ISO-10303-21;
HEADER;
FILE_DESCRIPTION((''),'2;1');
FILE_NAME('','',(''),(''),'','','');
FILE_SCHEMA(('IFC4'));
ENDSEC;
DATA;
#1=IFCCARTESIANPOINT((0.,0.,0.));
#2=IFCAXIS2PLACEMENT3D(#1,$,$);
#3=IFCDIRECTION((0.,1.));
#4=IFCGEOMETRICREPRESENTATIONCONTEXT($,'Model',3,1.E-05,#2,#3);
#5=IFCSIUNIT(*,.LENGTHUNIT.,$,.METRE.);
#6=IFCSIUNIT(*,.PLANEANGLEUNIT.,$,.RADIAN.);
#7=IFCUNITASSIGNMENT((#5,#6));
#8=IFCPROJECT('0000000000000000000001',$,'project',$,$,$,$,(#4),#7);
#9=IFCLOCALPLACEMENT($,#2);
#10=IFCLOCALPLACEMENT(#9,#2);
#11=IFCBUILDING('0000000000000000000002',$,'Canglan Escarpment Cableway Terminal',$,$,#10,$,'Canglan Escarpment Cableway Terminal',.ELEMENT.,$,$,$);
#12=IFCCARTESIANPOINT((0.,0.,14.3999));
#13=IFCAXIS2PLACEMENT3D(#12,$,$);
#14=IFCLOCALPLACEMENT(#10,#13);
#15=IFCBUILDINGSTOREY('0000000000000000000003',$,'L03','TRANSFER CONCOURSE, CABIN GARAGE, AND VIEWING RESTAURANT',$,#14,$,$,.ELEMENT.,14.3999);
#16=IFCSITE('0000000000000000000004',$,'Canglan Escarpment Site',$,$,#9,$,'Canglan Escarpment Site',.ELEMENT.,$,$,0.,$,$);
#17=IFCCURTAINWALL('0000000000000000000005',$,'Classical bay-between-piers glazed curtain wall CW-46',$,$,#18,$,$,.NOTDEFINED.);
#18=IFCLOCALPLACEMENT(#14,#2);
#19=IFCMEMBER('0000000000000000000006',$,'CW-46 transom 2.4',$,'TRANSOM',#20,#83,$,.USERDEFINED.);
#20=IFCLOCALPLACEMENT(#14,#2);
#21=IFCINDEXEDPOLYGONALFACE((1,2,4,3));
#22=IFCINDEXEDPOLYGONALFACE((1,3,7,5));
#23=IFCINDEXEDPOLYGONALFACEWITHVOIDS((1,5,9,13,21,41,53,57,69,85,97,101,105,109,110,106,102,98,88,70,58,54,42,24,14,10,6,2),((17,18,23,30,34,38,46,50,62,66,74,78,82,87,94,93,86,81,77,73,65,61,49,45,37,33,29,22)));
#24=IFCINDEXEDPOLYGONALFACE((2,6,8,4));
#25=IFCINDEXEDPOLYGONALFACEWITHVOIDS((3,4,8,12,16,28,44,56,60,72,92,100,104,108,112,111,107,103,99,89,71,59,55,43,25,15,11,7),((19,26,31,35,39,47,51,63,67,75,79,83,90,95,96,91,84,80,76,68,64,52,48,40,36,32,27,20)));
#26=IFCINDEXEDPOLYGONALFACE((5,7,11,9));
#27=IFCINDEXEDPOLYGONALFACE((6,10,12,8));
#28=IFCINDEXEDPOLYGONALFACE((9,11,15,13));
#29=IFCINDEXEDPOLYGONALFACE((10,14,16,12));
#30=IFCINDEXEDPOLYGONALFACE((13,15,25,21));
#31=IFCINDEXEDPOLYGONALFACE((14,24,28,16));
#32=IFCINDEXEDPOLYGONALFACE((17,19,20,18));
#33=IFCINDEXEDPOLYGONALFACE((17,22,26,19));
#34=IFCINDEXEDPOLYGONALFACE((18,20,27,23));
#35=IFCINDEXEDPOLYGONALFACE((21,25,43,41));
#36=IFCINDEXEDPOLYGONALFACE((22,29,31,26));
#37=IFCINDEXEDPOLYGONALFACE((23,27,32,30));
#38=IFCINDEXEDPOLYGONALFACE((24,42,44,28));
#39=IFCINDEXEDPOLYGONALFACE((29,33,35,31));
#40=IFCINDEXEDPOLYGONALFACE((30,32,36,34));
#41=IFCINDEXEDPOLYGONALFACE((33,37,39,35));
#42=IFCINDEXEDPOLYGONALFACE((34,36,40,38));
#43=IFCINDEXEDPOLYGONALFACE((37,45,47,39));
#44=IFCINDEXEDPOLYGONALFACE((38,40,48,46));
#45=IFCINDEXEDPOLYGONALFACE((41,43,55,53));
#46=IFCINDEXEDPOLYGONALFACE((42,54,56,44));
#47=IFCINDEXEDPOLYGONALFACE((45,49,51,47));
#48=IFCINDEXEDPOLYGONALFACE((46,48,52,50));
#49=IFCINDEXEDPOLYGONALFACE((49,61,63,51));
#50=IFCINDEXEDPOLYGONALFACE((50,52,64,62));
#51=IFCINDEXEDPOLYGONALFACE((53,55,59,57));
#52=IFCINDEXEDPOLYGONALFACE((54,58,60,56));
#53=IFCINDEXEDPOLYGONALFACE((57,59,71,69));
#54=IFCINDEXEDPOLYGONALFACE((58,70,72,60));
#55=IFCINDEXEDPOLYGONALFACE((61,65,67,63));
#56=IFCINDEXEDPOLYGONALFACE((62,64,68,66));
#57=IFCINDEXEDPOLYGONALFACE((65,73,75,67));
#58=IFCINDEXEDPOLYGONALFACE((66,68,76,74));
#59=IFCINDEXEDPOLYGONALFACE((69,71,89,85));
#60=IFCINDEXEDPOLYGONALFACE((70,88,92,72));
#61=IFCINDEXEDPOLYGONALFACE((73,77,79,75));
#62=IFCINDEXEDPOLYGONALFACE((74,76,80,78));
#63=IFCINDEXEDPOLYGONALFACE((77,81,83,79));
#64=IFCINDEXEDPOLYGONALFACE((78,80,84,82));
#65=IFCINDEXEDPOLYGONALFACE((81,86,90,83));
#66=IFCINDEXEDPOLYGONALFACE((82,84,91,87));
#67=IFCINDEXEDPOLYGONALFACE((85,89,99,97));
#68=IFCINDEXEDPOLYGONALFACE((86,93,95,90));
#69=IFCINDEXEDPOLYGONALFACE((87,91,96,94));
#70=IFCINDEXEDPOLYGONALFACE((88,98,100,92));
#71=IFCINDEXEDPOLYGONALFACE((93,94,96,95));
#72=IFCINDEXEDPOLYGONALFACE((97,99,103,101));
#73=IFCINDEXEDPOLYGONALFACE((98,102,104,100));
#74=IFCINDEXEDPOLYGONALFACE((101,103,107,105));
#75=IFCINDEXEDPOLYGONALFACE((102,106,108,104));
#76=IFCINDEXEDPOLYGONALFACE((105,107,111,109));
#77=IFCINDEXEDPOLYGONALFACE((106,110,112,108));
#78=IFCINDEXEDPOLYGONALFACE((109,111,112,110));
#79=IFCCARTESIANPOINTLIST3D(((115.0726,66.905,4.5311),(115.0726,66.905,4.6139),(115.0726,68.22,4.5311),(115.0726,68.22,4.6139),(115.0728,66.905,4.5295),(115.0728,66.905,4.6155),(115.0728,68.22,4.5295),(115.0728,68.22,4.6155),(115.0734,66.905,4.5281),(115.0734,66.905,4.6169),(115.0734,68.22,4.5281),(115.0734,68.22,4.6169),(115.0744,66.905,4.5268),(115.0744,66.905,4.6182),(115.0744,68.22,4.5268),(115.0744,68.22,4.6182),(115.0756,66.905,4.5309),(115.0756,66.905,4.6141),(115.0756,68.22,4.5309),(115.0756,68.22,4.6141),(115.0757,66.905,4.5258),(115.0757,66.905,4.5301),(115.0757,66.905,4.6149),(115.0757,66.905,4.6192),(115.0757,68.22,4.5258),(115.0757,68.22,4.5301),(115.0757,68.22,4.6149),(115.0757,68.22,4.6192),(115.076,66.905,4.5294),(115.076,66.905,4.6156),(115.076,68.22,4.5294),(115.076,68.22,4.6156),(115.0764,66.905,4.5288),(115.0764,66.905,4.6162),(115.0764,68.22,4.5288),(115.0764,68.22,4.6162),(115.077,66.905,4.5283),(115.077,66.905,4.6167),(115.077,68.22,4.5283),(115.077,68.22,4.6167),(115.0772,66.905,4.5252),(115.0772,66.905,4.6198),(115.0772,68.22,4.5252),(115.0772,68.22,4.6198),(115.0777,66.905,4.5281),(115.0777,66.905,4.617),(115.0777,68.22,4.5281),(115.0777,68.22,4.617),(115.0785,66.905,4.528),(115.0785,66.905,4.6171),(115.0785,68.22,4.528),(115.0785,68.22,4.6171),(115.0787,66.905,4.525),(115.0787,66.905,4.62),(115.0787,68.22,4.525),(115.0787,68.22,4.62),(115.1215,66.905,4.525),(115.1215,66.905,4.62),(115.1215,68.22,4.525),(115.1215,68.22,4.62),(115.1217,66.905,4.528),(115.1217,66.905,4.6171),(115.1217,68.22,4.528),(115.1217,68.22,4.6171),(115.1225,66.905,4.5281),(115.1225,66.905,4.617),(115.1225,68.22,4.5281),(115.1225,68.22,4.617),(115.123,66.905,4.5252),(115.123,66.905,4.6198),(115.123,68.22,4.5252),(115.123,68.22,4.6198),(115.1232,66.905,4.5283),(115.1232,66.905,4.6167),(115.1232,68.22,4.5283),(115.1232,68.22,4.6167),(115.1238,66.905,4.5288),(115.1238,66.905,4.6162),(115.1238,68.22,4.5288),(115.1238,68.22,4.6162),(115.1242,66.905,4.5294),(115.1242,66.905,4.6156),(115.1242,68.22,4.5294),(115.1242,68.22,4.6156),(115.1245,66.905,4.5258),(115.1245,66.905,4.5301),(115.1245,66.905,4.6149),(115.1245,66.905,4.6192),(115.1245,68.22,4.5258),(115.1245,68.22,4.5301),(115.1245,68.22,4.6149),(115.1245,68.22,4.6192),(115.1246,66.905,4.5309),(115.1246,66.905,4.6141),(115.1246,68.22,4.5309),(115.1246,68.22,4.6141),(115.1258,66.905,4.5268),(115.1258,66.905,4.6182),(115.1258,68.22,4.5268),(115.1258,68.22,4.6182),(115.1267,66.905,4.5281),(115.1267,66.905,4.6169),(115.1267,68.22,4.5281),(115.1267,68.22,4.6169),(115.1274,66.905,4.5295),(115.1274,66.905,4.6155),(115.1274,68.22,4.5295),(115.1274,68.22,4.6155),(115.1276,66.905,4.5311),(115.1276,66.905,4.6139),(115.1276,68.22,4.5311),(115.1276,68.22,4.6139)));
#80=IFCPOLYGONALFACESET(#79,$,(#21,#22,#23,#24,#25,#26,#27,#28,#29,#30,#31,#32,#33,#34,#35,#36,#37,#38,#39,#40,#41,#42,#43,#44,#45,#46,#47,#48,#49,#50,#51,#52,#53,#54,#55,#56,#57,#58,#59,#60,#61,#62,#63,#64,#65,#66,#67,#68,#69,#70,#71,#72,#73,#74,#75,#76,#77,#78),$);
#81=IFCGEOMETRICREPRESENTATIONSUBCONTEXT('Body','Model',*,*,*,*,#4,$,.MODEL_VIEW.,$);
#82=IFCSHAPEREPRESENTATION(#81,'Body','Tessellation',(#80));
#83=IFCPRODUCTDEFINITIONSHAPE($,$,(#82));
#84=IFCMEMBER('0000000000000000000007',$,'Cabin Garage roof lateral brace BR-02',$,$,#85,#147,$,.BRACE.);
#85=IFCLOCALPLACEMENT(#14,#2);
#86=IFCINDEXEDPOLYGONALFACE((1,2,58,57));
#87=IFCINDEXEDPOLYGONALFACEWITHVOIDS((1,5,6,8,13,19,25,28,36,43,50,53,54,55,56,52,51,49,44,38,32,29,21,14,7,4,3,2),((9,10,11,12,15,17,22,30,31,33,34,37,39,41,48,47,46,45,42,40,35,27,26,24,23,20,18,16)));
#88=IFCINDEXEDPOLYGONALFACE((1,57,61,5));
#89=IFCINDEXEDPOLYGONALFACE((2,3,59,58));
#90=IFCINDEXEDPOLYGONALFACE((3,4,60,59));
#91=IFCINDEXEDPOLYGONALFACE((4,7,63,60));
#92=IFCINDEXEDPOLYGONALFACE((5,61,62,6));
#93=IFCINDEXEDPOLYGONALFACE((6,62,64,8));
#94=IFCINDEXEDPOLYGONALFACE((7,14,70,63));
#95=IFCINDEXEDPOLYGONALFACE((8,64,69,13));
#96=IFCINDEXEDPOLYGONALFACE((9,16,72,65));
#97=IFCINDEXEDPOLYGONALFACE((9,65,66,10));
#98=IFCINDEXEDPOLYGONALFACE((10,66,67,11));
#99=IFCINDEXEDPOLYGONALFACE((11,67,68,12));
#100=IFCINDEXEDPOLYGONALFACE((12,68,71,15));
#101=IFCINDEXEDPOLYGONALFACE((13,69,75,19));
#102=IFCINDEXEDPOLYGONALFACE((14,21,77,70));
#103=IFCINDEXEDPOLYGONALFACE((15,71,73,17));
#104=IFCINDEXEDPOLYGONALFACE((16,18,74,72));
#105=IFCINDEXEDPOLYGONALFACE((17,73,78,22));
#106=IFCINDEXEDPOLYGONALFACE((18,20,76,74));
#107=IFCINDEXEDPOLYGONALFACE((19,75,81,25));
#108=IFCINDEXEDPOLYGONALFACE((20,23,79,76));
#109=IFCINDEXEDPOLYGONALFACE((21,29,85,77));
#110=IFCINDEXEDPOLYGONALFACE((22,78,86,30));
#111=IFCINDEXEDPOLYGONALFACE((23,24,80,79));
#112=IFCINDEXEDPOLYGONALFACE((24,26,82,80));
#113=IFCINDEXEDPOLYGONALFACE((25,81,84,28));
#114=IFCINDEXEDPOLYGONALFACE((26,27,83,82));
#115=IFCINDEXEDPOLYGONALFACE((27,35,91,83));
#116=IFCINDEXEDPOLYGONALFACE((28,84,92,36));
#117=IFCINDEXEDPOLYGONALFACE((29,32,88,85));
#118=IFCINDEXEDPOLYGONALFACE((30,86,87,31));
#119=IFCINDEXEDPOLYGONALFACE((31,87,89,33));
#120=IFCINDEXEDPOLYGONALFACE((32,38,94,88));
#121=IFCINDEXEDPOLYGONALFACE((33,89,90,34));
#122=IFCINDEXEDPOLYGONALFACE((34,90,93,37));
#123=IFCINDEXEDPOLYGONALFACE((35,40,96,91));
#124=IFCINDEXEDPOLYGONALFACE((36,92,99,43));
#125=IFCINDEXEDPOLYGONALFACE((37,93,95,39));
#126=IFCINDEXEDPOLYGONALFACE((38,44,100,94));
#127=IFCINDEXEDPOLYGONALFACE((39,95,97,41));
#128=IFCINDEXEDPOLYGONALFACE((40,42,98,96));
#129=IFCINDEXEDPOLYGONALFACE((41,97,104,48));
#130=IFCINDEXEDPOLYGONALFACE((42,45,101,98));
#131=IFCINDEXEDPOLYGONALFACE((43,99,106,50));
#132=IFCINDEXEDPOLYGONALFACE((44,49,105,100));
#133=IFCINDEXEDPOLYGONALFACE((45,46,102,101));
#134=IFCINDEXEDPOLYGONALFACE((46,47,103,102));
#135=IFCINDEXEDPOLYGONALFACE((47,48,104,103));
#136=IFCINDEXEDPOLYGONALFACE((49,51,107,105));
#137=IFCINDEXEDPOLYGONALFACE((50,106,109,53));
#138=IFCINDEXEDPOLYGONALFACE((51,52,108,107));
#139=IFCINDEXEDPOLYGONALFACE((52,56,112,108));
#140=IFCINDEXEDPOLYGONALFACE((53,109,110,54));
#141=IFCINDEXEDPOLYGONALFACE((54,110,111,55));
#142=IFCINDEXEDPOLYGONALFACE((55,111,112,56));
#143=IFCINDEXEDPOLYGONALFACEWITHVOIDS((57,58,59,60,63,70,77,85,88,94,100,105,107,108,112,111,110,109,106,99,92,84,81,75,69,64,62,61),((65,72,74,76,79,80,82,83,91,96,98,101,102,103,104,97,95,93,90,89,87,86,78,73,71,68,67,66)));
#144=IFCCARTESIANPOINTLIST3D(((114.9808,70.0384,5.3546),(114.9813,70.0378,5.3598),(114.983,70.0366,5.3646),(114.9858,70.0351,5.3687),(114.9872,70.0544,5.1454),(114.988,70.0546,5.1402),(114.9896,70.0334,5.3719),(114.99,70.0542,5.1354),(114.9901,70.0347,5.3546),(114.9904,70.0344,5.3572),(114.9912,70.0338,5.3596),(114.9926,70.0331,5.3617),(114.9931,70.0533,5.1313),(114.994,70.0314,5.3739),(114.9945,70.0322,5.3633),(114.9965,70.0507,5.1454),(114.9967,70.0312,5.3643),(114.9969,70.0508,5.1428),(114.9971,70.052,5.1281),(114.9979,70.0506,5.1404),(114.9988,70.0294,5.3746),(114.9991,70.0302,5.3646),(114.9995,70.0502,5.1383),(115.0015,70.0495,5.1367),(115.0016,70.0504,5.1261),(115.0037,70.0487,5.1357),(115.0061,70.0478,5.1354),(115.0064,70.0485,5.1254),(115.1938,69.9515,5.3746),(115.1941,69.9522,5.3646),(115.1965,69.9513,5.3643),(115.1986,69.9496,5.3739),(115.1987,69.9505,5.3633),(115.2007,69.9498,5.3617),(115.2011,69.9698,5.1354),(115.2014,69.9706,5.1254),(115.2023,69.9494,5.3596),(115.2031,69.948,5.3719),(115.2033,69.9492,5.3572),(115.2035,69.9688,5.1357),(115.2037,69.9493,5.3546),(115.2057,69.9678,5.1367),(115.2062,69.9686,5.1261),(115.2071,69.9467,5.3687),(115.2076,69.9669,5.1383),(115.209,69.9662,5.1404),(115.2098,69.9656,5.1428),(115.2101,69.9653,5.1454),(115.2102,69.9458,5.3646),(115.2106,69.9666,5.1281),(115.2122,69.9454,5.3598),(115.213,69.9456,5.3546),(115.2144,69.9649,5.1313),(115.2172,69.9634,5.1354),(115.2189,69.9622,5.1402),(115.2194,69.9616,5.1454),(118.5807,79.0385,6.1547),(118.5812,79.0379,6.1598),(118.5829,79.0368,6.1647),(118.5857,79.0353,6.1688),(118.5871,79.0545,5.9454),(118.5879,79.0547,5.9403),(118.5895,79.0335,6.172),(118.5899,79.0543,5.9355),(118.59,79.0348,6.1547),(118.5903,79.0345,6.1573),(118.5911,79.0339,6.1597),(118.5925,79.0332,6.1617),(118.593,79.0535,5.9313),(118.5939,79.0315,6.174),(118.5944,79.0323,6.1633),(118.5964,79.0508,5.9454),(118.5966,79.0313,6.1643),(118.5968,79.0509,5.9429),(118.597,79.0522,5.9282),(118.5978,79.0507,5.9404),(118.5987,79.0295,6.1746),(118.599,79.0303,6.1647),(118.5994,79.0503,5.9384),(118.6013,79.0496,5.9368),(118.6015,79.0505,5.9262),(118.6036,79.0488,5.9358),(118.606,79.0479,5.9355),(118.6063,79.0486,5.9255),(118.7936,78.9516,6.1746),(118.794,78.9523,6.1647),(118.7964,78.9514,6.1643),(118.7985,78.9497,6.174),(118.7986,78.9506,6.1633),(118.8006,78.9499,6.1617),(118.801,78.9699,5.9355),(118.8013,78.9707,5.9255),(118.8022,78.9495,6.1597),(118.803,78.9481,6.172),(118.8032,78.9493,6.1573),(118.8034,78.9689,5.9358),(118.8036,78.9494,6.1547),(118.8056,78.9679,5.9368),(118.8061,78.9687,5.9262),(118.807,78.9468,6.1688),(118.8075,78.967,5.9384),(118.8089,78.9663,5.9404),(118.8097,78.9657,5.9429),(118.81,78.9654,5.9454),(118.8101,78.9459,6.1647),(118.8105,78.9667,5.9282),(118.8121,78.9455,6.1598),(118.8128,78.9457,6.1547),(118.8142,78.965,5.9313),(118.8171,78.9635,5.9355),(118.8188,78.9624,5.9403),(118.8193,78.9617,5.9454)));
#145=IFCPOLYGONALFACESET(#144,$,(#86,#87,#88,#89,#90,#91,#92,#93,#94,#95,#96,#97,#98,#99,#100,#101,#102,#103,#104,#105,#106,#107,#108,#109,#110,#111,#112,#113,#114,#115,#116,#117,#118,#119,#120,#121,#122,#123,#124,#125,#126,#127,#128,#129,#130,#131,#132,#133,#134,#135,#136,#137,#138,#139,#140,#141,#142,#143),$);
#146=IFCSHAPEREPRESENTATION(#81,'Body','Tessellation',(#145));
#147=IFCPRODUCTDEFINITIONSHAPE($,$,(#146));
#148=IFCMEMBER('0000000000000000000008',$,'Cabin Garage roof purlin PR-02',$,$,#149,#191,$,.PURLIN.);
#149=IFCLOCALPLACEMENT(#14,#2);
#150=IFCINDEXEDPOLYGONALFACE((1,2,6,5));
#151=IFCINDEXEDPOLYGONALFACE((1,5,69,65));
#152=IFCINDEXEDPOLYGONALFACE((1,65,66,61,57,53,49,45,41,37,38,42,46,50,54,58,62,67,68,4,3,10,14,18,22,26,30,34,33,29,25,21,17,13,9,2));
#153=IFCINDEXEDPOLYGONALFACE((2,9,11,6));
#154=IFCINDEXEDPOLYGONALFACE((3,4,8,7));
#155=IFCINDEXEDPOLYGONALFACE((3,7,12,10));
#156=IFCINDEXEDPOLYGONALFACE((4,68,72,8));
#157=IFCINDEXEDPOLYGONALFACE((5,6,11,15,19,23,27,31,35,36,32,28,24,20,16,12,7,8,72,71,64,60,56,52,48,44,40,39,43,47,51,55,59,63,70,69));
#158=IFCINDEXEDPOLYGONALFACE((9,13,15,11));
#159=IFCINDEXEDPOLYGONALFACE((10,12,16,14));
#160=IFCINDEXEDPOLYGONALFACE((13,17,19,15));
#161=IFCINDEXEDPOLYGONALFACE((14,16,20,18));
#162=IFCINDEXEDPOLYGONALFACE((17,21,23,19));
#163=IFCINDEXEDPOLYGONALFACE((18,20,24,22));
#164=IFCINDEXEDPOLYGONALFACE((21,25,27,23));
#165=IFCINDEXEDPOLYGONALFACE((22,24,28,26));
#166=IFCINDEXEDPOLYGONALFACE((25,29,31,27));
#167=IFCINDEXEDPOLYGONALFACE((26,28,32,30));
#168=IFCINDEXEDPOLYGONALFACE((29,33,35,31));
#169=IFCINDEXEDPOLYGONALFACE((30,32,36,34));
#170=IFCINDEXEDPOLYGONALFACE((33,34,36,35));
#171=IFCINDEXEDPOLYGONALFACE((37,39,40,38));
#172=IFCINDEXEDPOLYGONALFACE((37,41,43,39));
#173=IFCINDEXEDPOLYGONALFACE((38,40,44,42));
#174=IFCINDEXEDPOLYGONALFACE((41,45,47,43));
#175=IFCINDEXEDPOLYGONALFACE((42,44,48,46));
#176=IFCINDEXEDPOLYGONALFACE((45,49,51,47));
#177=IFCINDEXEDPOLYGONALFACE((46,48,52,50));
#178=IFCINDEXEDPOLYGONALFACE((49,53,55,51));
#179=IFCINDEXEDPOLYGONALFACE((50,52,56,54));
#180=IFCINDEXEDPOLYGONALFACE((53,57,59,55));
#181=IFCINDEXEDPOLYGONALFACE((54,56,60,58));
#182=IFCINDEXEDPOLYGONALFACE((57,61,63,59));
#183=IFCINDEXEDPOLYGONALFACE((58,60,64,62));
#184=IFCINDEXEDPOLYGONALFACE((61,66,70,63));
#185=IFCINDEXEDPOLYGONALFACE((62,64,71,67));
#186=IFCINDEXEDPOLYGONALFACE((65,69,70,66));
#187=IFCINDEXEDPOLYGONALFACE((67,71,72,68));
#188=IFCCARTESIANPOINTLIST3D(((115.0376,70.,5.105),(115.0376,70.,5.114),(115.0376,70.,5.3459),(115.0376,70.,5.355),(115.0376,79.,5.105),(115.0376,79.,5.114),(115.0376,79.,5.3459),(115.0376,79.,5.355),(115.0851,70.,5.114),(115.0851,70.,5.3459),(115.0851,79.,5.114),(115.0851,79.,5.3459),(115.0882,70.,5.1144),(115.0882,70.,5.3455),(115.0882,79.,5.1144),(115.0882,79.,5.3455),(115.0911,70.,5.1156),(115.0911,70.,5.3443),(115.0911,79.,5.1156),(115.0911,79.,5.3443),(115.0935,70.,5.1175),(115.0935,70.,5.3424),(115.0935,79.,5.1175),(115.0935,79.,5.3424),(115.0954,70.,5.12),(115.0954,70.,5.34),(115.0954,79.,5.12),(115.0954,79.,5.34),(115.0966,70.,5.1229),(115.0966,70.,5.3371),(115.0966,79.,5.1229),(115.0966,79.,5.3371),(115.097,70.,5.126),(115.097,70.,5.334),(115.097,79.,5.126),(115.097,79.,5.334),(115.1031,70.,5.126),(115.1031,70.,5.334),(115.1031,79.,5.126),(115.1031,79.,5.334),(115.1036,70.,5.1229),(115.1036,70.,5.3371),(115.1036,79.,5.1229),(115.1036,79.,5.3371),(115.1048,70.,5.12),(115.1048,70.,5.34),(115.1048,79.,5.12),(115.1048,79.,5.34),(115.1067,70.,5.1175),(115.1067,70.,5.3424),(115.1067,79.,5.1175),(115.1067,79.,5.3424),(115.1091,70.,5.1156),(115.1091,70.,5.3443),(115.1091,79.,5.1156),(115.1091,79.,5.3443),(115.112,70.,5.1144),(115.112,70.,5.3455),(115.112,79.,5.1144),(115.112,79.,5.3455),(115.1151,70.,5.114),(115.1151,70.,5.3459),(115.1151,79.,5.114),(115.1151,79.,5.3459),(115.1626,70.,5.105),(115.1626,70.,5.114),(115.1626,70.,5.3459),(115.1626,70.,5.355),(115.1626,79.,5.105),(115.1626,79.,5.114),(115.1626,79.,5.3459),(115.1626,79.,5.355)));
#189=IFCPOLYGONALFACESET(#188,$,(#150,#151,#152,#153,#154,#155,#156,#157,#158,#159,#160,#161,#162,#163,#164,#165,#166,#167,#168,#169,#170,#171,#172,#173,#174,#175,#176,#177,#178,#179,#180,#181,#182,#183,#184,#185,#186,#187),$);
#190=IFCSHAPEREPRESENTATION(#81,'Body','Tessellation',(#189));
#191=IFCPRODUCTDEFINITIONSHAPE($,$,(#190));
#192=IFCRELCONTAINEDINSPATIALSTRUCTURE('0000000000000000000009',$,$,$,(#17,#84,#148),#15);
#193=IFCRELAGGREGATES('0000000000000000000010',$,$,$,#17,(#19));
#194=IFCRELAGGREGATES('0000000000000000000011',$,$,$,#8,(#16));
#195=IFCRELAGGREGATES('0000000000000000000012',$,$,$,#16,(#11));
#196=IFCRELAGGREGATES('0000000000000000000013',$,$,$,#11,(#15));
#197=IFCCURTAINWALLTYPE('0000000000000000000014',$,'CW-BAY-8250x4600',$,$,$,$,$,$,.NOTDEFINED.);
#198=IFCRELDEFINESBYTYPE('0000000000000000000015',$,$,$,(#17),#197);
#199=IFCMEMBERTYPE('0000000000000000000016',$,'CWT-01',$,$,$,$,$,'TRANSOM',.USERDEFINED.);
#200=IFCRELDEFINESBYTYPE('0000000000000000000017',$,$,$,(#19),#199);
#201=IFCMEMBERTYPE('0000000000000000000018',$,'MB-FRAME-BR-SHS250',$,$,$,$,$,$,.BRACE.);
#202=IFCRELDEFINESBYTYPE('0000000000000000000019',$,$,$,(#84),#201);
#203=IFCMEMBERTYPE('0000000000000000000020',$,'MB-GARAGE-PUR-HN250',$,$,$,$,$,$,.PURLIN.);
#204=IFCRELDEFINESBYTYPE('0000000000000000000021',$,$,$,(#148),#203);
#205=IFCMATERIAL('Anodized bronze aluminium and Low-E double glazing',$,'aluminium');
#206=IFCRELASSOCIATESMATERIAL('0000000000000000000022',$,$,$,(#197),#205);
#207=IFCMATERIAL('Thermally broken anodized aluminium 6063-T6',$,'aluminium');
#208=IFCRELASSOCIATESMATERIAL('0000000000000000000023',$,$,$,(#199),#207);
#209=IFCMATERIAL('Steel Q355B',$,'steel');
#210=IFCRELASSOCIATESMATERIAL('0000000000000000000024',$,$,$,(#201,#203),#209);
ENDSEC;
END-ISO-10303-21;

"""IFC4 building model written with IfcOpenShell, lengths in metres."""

from ifc_helpers import new_model, si_unit, direction, frame, origin, origin_2d, place, context, subcontext, project, spatial, hollow_rectangle, i_section, extrude, material, material_profile, profile_set, type_object, element, aggregate, save


model = new_model("IFC4")

# Units and contexts
model_context = context("Model", 3, precision=1e-05, world=origin(), true_north=direction((0.0, 1.0)))
body_context = subcontext(model_context, "Body", "Model", "MODEL_VIEW")
ifc_project = project(units=[si_unit("LENGTHUNIT", "METRE"), si_unit("PLANEANGLEUNIT", "RADIAN")], contexts=[model_context])

# Site, building, storey
site_placement = place(None, origin())
site = spatial("IfcSite", under=ifc_project, at=site_placement, Name="Canglan Escarpment Site", LongName="Canglan Escarpment Site", CompositionType="ELEMENT", RefElevation=0.0)
building_placement = place(site_placement, origin())
building = spatial("IfcBuilding", under=site, at=building_placement, Name="Canglan Escarpment Cableway Terminal", LongName="Canglan Escarpment Cableway Terminal", CompositionType="ELEMENT")
storey_placement = place(building_placement, frame((0.0, 0.0, 14.3999)))
storey = spatial("IfcBuildingStorey", under=building, at=storey_placement, Name="L03", Description="TRANSFER CONCOURSE, CABIN GARAGE, AND VIEWING RESTAURANT", CompositionType="ELEMENT", Elevation=14.3999)

# Shared definitions
ifc_material_1 = material(Name="Steel Q355B", Category="steel")

# Curtain wall, member
ifc_material_2 = material(Name="Anodized bronze aluminium and Low-E double glazing", Category="aluminium")
curtain_wall_type = type_object("IfcCurtainWallType", Name="CW-BAY-8250x4600", PredefinedType="NOTDEFINED", material=ifc_material_2)
curtain_wall_placement = place(storey_placement, origin())
curtain_wall = element("IfcCurtainWall", 1, at=curtain_wall_placement, inside=storey, type_object=curtain_wall_type, Name="Classical bay-between-piers glazed curtain wall CW-46", PredefinedType="NOTDEFINED")
ifc_material_3 = material(Name="Thermally broken anodized aluminium 6063-T6", Category="aluminium")
ifc_material_profile_1 = material_profile(ifc_material_3, hollow_rectangle(XDim=0.0549, YDim=0.095, WallThickness=0.0029, InnerFilletRadius=0.0029, OuterFilletRadius=0.0061, at=origin_2d()), Name="ALU-TRAN 55x95x3")
ifc_profile_set_1 = profile_set([ifc_material_profile_1], Name="Thermally broken anodized aluminium 6063-T6")
member_type_1 = type_object("IfcMemberType", Name="CWT-01", ElementType="TRANSOM", PredefinedType="USERDEFINED", material=ifc_profile_set_1)
member_1_placement = place(storey_placement, frame((115.1001, 68.22, 4.5725), z_axis=(0.0, -1.0, 0.0), x_axis=(1.0, 0.0, 0.0)))
member_1 = element("IfcMember", 2, at=member_1_placement, type_object=member_type_1, Name="CW-46 transom 2.4", ObjectType="TRANSOM", PredefinedType="USERDEFINED", context=body_context, shape_type="SweptSolid", body=[
    extrude(hollow_rectangle(XDim=0.0549, YDim=0.095, WallThickness=0.0029, InnerFilletRadius=0.0029, OuterFilletRadius=0.0061, at=origin_2d()), origin(), (0.0, 0.0, 1.0), 1.3149),
])

# Members
ifc_material_profile_2 = material_profile(ifc_material_1, hollow_rectangle(XDim=0.25, YDim=0.25, WallThickness=0.01, InnerFilletRadius=0.01, OuterFilletRadius=0.02, at=origin_2d()), Name="SHS 250x250x10")
ifc_profile_set_2 = profile_set([ifc_material_profile_2], Name="Steel Q355B")
member_type_2 = type_object("IfcMemberType", Name="MB-FRAME-BR-SHS250", PredefinedType="BRACE", material=ifc_profile_set_2)
member_2_placement = place(storey_placement, frame((115.1001, 70.0, 5.25), z_axis=(0.370119, 0.925335, 0.082257), x_axis=(-0.928482, 0.371378, 0.0)))
element("IfcMember", 3, at=member_2_placement, inside=storey, type_object=member_type_2, Name="Cabin Garage roof lateral brace BR-02", PredefinedType="BRACE", context=body_context, shape_type="SweptSolid", body=[
    extrude(hollow_rectangle(XDim=0.25, YDim=0.25, WallThickness=0.01, InnerFilletRadius=0.01, OuterFilletRadius=0.02, at=origin_2d()), origin(), (0.0, 0.0, 1.0), 9.7263),
])
ifc_material_profile_3 = material_profile(ifc_material_1, i_section(OverallWidth=0.125, OverallDepth=0.25, WebThickness=0.0061, FlangeThickness=0.009, FilletRadius=0.012, at=origin_2d()), Name="HN 250x125x6x9")
ifc_profile_set_3 = profile_set([ifc_material_profile_3], Name="Steel Q355B")
member_type_3 = type_object("IfcMemberType", Name="MB-GARAGE-PUR-HN250", PredefinedType="PURLIN", material=ifc_profile_set_3)
member_3_placement = place(storey_placement, frame((115.1001, 70.0, 5.23), z_axis=(0.0, 1.0, 0.0), x_axis=(-1.0, 0.0, 0.0)))
element("IfcMember", 4, at=member_3_placement, inside=storey, type_object=member_type_3, Name="Cabin Garage roof purlin PR-02", PredefinedType="PURLIN", context=body_context, shape_type="SweptSolid", body=[
    extrude(i_section(OverallWidth=0.125, OverallDepth=0.25, WebThickness=0.0061, FlangeThickness=0.009, FilletRadius=0.012, at=origin_2d()), origin(), (0.0, 0.0, 1.0), 9.0),
])

aggregate(curtain_wall, [member_1])

save(model, "model.ifc")
